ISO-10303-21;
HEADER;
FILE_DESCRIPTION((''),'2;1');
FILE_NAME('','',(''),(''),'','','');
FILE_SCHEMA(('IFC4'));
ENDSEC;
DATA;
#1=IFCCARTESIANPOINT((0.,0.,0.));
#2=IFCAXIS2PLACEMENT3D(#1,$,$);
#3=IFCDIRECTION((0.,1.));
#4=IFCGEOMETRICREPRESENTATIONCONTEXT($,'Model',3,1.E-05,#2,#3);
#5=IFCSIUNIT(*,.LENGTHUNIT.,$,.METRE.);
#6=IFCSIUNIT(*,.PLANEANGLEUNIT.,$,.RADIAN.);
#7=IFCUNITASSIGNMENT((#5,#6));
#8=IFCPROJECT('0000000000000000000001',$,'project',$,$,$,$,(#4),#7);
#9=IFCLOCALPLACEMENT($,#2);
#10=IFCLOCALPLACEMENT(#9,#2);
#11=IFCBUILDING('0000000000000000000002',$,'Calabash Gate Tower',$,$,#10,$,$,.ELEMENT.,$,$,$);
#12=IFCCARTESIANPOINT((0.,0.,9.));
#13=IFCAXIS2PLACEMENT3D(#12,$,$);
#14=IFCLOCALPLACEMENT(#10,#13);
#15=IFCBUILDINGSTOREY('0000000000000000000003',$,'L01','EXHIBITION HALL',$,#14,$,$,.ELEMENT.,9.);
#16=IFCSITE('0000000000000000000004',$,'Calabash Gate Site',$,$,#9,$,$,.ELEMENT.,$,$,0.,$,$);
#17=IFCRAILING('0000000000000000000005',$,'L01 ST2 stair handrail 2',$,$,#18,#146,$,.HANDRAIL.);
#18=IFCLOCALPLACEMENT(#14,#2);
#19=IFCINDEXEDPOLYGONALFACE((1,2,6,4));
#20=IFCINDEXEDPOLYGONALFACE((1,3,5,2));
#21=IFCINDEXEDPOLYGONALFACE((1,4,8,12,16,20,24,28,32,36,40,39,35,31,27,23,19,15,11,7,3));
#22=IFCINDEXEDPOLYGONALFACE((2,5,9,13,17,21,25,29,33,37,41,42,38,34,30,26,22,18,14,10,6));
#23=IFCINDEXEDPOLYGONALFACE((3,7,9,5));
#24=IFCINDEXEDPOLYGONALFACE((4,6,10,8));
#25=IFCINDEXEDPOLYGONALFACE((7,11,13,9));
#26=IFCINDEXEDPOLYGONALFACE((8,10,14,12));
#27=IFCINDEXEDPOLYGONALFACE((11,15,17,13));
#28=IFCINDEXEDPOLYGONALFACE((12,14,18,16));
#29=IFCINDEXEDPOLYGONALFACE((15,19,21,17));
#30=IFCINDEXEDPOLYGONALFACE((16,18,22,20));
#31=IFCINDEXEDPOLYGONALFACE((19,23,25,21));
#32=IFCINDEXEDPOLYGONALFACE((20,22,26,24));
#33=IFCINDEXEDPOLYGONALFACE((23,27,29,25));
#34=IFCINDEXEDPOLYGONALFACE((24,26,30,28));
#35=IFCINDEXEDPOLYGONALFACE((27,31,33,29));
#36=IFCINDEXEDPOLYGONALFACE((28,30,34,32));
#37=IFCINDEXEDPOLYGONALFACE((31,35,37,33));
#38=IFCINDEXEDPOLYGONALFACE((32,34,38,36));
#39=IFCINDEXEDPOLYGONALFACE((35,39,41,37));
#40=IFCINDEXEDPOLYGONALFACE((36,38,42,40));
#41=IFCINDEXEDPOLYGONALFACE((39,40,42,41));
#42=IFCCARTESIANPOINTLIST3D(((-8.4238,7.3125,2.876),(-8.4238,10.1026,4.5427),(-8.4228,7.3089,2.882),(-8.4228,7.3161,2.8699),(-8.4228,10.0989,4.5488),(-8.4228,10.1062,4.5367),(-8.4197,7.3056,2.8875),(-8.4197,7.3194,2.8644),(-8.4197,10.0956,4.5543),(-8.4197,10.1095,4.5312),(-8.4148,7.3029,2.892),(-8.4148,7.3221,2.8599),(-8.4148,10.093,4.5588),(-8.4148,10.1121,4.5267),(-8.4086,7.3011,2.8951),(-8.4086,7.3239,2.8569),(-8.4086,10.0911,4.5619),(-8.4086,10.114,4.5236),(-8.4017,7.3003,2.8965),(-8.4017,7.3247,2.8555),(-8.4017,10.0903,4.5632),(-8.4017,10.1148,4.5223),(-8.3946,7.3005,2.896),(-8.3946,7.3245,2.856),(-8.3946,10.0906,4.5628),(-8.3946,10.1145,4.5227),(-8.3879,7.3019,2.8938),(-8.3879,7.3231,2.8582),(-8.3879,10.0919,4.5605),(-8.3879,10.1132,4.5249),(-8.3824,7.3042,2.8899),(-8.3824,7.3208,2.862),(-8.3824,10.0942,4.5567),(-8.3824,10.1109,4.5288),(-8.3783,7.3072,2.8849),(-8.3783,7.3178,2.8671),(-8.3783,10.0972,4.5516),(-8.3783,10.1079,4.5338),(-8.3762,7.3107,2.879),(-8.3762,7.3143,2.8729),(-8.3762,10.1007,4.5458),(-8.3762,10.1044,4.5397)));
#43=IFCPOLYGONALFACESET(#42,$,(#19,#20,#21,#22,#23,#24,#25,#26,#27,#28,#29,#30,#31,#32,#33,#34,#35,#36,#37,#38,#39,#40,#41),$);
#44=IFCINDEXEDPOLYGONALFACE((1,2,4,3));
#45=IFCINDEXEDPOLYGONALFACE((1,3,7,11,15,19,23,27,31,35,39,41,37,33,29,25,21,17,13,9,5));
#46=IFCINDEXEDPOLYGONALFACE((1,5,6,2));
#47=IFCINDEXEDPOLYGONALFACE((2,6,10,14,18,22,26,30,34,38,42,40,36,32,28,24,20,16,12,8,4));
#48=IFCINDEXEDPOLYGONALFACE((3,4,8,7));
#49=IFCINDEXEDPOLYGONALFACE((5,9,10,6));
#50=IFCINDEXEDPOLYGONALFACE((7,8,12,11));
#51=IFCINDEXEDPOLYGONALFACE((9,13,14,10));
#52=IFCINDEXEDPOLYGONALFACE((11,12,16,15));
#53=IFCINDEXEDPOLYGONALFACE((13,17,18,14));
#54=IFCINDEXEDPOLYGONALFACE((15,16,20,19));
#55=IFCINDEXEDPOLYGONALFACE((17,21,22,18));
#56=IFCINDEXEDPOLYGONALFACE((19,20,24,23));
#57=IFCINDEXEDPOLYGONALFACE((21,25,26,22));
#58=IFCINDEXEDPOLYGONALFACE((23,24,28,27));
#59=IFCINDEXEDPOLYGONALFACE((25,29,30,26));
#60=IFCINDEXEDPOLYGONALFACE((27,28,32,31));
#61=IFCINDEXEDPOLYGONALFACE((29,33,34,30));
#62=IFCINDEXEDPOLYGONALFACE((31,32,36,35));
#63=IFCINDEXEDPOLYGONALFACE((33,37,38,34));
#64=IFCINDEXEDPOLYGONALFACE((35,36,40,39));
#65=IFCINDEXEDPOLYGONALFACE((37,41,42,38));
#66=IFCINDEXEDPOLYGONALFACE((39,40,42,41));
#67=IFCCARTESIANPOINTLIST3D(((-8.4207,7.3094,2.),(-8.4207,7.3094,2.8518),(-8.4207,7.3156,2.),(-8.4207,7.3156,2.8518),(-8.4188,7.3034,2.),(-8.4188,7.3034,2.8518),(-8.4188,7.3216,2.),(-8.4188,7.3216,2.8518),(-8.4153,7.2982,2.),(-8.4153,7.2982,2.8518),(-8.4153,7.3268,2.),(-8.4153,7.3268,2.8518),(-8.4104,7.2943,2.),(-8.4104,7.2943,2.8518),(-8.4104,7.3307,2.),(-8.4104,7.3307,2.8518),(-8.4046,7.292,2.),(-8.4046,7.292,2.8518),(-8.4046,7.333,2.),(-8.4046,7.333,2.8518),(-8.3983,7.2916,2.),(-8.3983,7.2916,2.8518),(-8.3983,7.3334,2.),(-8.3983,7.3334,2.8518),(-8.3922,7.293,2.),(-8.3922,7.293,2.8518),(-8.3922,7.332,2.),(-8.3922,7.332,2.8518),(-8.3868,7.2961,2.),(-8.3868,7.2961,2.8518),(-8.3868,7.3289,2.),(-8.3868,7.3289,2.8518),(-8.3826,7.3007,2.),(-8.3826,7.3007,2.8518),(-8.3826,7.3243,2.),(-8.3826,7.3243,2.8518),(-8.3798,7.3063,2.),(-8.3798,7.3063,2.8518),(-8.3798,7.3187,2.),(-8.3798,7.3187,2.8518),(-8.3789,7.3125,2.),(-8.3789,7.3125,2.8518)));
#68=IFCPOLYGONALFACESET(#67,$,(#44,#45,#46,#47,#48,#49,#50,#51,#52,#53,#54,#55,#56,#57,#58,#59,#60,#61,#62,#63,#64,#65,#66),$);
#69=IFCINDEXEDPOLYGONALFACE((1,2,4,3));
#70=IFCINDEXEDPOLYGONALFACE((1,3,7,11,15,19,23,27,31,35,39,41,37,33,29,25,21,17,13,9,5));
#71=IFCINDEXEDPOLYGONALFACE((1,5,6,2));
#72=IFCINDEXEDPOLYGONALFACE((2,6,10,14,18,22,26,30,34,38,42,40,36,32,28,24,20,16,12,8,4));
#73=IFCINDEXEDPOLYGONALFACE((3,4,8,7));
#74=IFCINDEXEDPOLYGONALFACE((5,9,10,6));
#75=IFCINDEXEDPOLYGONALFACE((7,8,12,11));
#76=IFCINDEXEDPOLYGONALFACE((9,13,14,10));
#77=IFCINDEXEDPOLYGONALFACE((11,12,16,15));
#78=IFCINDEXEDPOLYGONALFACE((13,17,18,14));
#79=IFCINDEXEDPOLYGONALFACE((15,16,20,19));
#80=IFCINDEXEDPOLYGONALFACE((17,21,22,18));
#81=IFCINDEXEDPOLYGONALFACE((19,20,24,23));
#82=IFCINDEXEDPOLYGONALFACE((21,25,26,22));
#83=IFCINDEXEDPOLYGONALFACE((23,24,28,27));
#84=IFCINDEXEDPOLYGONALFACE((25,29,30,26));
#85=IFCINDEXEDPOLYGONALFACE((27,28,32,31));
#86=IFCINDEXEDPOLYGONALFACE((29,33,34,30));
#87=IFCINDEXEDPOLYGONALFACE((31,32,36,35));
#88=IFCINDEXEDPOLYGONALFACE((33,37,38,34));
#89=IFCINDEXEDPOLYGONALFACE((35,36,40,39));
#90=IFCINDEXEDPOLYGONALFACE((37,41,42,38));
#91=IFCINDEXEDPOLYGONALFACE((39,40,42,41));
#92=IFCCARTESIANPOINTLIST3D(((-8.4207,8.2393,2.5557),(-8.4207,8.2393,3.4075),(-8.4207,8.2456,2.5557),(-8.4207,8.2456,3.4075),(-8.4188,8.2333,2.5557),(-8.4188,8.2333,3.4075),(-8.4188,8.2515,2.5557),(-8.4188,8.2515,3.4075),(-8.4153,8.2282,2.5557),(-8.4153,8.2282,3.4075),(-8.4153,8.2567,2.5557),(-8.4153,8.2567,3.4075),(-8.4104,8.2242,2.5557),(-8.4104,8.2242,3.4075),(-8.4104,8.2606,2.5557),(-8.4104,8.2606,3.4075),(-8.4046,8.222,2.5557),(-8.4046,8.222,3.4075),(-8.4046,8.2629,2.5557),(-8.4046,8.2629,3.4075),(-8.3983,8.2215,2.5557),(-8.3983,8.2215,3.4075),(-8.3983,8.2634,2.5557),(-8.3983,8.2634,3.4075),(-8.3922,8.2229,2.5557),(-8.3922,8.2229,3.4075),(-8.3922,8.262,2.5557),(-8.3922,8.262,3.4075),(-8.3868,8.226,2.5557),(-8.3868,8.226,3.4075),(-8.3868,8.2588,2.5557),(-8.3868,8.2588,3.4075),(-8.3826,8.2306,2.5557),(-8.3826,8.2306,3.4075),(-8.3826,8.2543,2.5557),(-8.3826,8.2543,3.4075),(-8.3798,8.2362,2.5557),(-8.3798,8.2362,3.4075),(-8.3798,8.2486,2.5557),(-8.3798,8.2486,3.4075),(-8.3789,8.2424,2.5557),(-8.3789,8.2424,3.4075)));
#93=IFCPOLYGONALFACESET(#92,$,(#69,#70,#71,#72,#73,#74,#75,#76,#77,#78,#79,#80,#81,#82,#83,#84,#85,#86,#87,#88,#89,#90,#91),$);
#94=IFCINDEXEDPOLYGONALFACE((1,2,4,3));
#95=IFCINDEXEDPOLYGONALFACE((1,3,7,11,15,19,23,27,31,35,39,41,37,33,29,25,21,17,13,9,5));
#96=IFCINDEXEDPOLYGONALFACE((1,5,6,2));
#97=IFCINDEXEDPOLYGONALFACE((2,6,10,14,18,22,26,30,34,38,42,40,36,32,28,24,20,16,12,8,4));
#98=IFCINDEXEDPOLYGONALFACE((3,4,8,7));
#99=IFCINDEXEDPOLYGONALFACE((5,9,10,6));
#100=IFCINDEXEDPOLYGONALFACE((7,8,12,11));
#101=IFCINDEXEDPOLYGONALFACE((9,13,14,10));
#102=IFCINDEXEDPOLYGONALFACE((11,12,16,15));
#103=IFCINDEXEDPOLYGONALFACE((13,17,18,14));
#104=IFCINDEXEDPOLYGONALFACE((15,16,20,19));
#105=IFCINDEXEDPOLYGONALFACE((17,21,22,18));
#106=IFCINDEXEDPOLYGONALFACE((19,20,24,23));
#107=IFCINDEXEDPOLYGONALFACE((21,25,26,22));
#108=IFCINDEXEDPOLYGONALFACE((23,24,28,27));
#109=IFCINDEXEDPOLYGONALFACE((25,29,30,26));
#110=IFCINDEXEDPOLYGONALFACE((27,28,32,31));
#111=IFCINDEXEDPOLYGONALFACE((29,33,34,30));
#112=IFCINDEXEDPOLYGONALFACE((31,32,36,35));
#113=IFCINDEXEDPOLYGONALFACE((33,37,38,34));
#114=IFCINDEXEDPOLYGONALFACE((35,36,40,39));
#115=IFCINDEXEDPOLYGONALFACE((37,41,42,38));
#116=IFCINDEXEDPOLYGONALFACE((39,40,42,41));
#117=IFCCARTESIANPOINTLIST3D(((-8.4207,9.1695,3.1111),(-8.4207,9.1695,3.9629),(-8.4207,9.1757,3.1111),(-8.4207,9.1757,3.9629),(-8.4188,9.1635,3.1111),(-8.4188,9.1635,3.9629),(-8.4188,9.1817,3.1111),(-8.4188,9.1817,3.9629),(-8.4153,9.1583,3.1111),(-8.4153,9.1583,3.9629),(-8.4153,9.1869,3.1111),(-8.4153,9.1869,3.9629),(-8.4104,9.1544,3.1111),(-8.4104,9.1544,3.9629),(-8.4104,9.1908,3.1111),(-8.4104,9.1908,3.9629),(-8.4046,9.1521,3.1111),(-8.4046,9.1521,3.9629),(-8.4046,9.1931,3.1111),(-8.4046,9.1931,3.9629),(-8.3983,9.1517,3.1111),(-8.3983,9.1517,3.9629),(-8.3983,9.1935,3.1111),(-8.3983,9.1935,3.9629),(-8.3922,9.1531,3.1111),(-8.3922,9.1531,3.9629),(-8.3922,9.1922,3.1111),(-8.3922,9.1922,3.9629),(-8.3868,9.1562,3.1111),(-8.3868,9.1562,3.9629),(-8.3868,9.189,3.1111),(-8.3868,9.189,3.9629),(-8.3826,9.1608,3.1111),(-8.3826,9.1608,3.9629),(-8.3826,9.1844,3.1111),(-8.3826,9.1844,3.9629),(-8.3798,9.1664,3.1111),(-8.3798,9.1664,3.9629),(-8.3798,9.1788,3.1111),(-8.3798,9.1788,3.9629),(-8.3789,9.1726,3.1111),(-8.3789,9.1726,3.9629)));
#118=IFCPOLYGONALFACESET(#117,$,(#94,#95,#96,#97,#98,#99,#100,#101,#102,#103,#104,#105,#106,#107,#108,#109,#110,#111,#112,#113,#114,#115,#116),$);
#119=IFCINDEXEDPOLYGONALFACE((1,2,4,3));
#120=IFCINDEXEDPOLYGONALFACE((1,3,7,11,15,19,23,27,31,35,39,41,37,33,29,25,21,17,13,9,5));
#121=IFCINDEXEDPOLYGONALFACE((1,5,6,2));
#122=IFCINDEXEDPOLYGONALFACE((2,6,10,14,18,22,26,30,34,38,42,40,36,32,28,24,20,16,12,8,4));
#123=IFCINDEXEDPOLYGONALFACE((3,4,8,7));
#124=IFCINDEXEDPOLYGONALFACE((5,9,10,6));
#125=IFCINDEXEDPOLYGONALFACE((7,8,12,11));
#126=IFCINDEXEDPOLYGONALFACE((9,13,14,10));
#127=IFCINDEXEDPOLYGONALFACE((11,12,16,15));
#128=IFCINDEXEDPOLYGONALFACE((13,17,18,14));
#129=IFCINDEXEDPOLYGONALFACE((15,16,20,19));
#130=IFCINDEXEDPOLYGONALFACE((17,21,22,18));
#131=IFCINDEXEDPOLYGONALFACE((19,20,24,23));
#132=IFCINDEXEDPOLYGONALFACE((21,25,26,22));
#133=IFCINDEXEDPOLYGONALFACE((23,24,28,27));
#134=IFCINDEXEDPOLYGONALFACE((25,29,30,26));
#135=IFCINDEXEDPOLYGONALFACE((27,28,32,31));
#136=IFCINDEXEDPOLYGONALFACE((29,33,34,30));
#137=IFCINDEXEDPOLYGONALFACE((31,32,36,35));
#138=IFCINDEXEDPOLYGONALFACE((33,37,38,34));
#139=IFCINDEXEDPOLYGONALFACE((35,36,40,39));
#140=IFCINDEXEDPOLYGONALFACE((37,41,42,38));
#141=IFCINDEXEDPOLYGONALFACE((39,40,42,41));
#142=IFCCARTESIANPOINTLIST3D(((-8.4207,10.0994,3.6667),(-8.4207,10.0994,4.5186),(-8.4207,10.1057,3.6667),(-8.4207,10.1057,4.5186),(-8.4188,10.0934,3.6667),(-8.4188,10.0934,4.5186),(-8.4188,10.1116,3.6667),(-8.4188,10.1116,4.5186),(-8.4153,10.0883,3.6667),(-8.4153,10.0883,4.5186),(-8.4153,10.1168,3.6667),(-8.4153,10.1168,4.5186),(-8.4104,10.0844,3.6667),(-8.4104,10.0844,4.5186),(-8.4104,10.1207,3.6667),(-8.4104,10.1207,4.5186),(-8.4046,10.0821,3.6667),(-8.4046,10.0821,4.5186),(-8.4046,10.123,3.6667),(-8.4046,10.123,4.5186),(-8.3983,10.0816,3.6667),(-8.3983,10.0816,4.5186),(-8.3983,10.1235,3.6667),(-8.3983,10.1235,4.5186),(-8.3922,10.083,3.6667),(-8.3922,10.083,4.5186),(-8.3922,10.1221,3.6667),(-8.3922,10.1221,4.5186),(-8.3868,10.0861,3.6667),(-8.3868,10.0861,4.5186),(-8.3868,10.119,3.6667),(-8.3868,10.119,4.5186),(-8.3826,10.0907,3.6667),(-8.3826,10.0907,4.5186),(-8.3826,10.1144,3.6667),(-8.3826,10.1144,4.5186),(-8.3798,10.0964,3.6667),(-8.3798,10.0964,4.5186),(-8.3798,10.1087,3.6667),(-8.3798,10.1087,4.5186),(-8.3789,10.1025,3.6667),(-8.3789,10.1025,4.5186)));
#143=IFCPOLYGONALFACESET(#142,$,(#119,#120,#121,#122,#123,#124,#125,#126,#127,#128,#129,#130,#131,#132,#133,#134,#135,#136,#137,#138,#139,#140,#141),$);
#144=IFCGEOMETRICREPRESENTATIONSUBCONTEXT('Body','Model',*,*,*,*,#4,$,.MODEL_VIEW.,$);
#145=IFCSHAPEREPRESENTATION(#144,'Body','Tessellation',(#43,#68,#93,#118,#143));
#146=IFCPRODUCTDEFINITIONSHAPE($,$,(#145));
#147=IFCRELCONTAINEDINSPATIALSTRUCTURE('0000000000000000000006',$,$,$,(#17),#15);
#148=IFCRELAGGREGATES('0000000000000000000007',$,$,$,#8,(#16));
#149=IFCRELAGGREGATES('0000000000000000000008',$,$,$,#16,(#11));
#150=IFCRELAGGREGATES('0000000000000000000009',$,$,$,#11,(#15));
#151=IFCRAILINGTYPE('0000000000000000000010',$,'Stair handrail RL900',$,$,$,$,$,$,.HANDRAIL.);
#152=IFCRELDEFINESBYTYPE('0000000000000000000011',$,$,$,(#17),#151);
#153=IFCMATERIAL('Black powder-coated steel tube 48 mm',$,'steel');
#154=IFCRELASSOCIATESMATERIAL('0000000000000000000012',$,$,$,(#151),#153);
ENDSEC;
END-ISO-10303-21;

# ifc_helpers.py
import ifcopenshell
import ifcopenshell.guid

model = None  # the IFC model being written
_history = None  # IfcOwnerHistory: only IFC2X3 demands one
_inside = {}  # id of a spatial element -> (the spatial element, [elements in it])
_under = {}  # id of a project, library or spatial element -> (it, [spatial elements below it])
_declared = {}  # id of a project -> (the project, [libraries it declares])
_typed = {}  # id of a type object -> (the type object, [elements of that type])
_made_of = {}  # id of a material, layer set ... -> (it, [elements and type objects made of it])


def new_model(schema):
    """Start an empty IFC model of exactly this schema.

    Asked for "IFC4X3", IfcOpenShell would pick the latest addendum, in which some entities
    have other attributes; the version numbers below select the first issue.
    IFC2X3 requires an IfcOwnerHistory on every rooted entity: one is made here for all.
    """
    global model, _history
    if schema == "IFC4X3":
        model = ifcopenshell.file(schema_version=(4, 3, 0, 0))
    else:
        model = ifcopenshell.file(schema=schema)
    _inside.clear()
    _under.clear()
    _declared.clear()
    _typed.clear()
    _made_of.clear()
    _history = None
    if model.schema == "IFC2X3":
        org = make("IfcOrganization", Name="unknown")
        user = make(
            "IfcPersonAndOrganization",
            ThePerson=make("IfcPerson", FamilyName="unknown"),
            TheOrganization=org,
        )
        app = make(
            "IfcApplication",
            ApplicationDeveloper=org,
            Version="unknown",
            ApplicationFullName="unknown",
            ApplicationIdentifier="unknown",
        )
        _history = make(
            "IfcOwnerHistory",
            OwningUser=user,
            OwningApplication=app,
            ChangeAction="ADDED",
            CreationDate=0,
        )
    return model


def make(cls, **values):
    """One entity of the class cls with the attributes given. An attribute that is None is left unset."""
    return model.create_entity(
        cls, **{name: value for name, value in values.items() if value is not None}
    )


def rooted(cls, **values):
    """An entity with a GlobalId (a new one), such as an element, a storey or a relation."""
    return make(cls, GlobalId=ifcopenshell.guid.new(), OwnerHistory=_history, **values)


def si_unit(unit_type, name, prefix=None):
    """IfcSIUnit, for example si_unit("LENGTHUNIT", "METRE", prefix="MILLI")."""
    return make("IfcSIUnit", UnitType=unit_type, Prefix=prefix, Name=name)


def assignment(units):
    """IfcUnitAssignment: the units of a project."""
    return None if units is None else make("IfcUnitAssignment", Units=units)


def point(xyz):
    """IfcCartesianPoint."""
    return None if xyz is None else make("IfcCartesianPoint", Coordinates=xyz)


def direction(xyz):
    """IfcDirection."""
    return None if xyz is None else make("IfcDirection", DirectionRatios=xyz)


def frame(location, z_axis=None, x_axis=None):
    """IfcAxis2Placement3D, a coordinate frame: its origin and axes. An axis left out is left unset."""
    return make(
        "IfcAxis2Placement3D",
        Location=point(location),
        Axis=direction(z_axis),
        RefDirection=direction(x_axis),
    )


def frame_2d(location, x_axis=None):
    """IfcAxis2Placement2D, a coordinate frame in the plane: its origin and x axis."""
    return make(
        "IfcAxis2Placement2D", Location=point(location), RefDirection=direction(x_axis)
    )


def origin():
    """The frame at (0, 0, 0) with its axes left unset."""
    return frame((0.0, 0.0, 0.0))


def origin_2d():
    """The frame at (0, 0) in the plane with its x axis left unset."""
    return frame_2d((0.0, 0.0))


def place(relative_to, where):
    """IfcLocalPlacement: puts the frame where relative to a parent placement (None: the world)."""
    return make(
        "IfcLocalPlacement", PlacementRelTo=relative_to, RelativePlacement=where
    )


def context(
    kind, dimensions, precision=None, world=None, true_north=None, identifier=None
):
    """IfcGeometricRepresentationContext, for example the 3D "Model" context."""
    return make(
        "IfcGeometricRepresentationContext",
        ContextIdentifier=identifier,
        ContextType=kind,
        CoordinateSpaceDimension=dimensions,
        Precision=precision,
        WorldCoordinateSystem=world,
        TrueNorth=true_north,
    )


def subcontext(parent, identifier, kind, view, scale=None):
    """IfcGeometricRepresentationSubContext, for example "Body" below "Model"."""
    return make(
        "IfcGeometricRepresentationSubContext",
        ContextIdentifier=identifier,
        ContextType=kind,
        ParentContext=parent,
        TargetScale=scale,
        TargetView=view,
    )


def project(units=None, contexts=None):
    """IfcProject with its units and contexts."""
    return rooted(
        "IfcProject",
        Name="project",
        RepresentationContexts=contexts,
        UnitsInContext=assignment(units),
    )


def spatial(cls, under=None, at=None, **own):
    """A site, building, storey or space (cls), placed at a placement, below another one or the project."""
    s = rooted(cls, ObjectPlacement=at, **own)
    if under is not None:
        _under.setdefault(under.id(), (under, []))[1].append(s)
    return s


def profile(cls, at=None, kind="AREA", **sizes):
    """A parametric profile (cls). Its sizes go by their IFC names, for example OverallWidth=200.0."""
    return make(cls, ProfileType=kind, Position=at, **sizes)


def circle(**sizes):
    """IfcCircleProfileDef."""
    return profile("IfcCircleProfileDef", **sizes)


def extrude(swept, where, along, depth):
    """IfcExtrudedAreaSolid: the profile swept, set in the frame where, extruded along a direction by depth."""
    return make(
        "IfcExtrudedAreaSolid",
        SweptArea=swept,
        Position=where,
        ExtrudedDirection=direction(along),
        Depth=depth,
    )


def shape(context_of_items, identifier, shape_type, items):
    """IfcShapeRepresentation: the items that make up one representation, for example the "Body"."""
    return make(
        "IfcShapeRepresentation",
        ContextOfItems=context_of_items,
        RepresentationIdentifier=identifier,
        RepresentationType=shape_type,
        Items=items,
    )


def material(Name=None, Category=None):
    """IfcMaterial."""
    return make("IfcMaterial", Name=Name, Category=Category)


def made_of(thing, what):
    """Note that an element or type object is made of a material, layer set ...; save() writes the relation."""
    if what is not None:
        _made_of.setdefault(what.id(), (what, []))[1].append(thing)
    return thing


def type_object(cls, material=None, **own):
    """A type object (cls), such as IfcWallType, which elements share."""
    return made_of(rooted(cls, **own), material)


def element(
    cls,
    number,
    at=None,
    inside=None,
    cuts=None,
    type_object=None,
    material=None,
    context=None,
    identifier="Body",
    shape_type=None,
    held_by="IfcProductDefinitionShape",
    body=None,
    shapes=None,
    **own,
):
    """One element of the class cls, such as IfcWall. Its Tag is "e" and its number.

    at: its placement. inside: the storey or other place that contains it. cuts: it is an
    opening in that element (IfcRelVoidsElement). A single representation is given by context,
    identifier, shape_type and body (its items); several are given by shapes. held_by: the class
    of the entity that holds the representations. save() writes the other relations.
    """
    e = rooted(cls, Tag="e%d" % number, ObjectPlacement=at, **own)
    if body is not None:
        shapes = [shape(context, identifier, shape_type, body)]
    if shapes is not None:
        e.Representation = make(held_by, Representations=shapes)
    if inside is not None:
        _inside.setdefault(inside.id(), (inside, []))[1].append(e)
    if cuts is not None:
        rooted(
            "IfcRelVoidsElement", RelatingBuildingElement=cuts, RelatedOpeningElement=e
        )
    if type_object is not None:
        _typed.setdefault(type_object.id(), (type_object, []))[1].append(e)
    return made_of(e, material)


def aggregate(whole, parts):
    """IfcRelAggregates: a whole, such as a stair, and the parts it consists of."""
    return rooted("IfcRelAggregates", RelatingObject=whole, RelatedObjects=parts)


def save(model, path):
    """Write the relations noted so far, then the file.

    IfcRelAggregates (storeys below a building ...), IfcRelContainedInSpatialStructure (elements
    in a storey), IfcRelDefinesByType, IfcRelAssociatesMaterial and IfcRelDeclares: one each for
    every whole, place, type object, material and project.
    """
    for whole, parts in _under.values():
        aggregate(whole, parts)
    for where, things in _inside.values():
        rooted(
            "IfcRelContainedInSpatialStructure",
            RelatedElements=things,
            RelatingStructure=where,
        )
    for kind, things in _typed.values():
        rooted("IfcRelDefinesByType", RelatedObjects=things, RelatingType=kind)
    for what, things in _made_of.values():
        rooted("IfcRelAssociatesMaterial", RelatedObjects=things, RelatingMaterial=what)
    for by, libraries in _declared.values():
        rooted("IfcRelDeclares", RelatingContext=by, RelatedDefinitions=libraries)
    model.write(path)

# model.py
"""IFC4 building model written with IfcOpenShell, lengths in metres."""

from ifc_helpers import new_model, si_unit, direction, frame, origin, origin_2d, place, context, subcontext, project, spatial, circle, extrude, material, type_object, element, save


model = new_model("IFC4")

# Units and contexts
model_context = context("Model", 3, precision=1e-05, world=origin(), true_north=direction((0.0, 1.0)))
body_context = subcontext(model_context, "Body", "Model", "MODEL_VIEW")
ifc_project = project(units=[si_unit("LENGTHUNIT", "METRE"), si_unit("PLANEANGLEUNIT", "RADIAN")], contexts=[model_context])

# Site, building, storey
site_placement = place(None, origin())
site = spatial("IfcSite", under=ifc_project, at=site_placement, Name="Calabash Gate Site", CompositionType="ELEMENT", RefElevation=0.0)
building_placement = place(site_placement, origin())
building = spatial("IfcBuilding", under=site, at=building_placement, Name="Calabash Gate Tower", CompositionType="ELEMENT")
storey_placement = place(building_placement, frame((0.0, 0.0, 9.0)))
storey = spatial("IfcBuildingStorey", under=building, at=storey_placement, Name="L01", Description="EXHIBITION HALL", CompositionType="ELEMENT", Elevation=9.0)

# Railing
ifc_material_1 = material(Name="Black powder-coated steel tube 48 mm", Category="steel")
railing_type = type_object("IfcRailingType", Name="Stair handrail RL900", PredefinedType="HANDRAIL", material=ifc_material_1)
railing_1_placement = place(storey_placement, frame((-8.3999, 7.3125, 2.0)))
element("IfcRailing", 1, at=railing_1_placement, inside=storey, type_object=railing_type, Name="L01 ST2 stair handrail 2", PredefinedType="HANDRAIL", context=body_context, shape_type="SweptSolid", body=[
    extrude(circle(Radius=0.0239, at=origin_2d()), frame((0.0, 0.0, 0.876), z_axis=(0.0, 0.858479, 0.512849), x_axis=(-1.0, 0.0, 0.0)), (0.0, 0.0, 1.0), 3.25),
    extrude(circle(Radius=0.021, at=origin_2d()), origin(), (0.0, 0.0, 1.0), 0.8518),
    extrude(circle(Radius=0.021, at=origin_2d()), frame((0.0, 0.9299, 0.5557)), (0.0, 0.0, 1.0), 0.8518),
    extrude(circle(Radius=0.021, at=origin_2d()), frame((0.0, 1.8601, 1.1111)), (0.0, 0.0, 1.0), 0.8518),
    extrude(circle(Radius=0.021, at=origin_2d()), frame((0.0, 2.79, 1.6667)), (0.0, 0.0, 1.0), 0.8518),
])

save(model, "model.ifc")
